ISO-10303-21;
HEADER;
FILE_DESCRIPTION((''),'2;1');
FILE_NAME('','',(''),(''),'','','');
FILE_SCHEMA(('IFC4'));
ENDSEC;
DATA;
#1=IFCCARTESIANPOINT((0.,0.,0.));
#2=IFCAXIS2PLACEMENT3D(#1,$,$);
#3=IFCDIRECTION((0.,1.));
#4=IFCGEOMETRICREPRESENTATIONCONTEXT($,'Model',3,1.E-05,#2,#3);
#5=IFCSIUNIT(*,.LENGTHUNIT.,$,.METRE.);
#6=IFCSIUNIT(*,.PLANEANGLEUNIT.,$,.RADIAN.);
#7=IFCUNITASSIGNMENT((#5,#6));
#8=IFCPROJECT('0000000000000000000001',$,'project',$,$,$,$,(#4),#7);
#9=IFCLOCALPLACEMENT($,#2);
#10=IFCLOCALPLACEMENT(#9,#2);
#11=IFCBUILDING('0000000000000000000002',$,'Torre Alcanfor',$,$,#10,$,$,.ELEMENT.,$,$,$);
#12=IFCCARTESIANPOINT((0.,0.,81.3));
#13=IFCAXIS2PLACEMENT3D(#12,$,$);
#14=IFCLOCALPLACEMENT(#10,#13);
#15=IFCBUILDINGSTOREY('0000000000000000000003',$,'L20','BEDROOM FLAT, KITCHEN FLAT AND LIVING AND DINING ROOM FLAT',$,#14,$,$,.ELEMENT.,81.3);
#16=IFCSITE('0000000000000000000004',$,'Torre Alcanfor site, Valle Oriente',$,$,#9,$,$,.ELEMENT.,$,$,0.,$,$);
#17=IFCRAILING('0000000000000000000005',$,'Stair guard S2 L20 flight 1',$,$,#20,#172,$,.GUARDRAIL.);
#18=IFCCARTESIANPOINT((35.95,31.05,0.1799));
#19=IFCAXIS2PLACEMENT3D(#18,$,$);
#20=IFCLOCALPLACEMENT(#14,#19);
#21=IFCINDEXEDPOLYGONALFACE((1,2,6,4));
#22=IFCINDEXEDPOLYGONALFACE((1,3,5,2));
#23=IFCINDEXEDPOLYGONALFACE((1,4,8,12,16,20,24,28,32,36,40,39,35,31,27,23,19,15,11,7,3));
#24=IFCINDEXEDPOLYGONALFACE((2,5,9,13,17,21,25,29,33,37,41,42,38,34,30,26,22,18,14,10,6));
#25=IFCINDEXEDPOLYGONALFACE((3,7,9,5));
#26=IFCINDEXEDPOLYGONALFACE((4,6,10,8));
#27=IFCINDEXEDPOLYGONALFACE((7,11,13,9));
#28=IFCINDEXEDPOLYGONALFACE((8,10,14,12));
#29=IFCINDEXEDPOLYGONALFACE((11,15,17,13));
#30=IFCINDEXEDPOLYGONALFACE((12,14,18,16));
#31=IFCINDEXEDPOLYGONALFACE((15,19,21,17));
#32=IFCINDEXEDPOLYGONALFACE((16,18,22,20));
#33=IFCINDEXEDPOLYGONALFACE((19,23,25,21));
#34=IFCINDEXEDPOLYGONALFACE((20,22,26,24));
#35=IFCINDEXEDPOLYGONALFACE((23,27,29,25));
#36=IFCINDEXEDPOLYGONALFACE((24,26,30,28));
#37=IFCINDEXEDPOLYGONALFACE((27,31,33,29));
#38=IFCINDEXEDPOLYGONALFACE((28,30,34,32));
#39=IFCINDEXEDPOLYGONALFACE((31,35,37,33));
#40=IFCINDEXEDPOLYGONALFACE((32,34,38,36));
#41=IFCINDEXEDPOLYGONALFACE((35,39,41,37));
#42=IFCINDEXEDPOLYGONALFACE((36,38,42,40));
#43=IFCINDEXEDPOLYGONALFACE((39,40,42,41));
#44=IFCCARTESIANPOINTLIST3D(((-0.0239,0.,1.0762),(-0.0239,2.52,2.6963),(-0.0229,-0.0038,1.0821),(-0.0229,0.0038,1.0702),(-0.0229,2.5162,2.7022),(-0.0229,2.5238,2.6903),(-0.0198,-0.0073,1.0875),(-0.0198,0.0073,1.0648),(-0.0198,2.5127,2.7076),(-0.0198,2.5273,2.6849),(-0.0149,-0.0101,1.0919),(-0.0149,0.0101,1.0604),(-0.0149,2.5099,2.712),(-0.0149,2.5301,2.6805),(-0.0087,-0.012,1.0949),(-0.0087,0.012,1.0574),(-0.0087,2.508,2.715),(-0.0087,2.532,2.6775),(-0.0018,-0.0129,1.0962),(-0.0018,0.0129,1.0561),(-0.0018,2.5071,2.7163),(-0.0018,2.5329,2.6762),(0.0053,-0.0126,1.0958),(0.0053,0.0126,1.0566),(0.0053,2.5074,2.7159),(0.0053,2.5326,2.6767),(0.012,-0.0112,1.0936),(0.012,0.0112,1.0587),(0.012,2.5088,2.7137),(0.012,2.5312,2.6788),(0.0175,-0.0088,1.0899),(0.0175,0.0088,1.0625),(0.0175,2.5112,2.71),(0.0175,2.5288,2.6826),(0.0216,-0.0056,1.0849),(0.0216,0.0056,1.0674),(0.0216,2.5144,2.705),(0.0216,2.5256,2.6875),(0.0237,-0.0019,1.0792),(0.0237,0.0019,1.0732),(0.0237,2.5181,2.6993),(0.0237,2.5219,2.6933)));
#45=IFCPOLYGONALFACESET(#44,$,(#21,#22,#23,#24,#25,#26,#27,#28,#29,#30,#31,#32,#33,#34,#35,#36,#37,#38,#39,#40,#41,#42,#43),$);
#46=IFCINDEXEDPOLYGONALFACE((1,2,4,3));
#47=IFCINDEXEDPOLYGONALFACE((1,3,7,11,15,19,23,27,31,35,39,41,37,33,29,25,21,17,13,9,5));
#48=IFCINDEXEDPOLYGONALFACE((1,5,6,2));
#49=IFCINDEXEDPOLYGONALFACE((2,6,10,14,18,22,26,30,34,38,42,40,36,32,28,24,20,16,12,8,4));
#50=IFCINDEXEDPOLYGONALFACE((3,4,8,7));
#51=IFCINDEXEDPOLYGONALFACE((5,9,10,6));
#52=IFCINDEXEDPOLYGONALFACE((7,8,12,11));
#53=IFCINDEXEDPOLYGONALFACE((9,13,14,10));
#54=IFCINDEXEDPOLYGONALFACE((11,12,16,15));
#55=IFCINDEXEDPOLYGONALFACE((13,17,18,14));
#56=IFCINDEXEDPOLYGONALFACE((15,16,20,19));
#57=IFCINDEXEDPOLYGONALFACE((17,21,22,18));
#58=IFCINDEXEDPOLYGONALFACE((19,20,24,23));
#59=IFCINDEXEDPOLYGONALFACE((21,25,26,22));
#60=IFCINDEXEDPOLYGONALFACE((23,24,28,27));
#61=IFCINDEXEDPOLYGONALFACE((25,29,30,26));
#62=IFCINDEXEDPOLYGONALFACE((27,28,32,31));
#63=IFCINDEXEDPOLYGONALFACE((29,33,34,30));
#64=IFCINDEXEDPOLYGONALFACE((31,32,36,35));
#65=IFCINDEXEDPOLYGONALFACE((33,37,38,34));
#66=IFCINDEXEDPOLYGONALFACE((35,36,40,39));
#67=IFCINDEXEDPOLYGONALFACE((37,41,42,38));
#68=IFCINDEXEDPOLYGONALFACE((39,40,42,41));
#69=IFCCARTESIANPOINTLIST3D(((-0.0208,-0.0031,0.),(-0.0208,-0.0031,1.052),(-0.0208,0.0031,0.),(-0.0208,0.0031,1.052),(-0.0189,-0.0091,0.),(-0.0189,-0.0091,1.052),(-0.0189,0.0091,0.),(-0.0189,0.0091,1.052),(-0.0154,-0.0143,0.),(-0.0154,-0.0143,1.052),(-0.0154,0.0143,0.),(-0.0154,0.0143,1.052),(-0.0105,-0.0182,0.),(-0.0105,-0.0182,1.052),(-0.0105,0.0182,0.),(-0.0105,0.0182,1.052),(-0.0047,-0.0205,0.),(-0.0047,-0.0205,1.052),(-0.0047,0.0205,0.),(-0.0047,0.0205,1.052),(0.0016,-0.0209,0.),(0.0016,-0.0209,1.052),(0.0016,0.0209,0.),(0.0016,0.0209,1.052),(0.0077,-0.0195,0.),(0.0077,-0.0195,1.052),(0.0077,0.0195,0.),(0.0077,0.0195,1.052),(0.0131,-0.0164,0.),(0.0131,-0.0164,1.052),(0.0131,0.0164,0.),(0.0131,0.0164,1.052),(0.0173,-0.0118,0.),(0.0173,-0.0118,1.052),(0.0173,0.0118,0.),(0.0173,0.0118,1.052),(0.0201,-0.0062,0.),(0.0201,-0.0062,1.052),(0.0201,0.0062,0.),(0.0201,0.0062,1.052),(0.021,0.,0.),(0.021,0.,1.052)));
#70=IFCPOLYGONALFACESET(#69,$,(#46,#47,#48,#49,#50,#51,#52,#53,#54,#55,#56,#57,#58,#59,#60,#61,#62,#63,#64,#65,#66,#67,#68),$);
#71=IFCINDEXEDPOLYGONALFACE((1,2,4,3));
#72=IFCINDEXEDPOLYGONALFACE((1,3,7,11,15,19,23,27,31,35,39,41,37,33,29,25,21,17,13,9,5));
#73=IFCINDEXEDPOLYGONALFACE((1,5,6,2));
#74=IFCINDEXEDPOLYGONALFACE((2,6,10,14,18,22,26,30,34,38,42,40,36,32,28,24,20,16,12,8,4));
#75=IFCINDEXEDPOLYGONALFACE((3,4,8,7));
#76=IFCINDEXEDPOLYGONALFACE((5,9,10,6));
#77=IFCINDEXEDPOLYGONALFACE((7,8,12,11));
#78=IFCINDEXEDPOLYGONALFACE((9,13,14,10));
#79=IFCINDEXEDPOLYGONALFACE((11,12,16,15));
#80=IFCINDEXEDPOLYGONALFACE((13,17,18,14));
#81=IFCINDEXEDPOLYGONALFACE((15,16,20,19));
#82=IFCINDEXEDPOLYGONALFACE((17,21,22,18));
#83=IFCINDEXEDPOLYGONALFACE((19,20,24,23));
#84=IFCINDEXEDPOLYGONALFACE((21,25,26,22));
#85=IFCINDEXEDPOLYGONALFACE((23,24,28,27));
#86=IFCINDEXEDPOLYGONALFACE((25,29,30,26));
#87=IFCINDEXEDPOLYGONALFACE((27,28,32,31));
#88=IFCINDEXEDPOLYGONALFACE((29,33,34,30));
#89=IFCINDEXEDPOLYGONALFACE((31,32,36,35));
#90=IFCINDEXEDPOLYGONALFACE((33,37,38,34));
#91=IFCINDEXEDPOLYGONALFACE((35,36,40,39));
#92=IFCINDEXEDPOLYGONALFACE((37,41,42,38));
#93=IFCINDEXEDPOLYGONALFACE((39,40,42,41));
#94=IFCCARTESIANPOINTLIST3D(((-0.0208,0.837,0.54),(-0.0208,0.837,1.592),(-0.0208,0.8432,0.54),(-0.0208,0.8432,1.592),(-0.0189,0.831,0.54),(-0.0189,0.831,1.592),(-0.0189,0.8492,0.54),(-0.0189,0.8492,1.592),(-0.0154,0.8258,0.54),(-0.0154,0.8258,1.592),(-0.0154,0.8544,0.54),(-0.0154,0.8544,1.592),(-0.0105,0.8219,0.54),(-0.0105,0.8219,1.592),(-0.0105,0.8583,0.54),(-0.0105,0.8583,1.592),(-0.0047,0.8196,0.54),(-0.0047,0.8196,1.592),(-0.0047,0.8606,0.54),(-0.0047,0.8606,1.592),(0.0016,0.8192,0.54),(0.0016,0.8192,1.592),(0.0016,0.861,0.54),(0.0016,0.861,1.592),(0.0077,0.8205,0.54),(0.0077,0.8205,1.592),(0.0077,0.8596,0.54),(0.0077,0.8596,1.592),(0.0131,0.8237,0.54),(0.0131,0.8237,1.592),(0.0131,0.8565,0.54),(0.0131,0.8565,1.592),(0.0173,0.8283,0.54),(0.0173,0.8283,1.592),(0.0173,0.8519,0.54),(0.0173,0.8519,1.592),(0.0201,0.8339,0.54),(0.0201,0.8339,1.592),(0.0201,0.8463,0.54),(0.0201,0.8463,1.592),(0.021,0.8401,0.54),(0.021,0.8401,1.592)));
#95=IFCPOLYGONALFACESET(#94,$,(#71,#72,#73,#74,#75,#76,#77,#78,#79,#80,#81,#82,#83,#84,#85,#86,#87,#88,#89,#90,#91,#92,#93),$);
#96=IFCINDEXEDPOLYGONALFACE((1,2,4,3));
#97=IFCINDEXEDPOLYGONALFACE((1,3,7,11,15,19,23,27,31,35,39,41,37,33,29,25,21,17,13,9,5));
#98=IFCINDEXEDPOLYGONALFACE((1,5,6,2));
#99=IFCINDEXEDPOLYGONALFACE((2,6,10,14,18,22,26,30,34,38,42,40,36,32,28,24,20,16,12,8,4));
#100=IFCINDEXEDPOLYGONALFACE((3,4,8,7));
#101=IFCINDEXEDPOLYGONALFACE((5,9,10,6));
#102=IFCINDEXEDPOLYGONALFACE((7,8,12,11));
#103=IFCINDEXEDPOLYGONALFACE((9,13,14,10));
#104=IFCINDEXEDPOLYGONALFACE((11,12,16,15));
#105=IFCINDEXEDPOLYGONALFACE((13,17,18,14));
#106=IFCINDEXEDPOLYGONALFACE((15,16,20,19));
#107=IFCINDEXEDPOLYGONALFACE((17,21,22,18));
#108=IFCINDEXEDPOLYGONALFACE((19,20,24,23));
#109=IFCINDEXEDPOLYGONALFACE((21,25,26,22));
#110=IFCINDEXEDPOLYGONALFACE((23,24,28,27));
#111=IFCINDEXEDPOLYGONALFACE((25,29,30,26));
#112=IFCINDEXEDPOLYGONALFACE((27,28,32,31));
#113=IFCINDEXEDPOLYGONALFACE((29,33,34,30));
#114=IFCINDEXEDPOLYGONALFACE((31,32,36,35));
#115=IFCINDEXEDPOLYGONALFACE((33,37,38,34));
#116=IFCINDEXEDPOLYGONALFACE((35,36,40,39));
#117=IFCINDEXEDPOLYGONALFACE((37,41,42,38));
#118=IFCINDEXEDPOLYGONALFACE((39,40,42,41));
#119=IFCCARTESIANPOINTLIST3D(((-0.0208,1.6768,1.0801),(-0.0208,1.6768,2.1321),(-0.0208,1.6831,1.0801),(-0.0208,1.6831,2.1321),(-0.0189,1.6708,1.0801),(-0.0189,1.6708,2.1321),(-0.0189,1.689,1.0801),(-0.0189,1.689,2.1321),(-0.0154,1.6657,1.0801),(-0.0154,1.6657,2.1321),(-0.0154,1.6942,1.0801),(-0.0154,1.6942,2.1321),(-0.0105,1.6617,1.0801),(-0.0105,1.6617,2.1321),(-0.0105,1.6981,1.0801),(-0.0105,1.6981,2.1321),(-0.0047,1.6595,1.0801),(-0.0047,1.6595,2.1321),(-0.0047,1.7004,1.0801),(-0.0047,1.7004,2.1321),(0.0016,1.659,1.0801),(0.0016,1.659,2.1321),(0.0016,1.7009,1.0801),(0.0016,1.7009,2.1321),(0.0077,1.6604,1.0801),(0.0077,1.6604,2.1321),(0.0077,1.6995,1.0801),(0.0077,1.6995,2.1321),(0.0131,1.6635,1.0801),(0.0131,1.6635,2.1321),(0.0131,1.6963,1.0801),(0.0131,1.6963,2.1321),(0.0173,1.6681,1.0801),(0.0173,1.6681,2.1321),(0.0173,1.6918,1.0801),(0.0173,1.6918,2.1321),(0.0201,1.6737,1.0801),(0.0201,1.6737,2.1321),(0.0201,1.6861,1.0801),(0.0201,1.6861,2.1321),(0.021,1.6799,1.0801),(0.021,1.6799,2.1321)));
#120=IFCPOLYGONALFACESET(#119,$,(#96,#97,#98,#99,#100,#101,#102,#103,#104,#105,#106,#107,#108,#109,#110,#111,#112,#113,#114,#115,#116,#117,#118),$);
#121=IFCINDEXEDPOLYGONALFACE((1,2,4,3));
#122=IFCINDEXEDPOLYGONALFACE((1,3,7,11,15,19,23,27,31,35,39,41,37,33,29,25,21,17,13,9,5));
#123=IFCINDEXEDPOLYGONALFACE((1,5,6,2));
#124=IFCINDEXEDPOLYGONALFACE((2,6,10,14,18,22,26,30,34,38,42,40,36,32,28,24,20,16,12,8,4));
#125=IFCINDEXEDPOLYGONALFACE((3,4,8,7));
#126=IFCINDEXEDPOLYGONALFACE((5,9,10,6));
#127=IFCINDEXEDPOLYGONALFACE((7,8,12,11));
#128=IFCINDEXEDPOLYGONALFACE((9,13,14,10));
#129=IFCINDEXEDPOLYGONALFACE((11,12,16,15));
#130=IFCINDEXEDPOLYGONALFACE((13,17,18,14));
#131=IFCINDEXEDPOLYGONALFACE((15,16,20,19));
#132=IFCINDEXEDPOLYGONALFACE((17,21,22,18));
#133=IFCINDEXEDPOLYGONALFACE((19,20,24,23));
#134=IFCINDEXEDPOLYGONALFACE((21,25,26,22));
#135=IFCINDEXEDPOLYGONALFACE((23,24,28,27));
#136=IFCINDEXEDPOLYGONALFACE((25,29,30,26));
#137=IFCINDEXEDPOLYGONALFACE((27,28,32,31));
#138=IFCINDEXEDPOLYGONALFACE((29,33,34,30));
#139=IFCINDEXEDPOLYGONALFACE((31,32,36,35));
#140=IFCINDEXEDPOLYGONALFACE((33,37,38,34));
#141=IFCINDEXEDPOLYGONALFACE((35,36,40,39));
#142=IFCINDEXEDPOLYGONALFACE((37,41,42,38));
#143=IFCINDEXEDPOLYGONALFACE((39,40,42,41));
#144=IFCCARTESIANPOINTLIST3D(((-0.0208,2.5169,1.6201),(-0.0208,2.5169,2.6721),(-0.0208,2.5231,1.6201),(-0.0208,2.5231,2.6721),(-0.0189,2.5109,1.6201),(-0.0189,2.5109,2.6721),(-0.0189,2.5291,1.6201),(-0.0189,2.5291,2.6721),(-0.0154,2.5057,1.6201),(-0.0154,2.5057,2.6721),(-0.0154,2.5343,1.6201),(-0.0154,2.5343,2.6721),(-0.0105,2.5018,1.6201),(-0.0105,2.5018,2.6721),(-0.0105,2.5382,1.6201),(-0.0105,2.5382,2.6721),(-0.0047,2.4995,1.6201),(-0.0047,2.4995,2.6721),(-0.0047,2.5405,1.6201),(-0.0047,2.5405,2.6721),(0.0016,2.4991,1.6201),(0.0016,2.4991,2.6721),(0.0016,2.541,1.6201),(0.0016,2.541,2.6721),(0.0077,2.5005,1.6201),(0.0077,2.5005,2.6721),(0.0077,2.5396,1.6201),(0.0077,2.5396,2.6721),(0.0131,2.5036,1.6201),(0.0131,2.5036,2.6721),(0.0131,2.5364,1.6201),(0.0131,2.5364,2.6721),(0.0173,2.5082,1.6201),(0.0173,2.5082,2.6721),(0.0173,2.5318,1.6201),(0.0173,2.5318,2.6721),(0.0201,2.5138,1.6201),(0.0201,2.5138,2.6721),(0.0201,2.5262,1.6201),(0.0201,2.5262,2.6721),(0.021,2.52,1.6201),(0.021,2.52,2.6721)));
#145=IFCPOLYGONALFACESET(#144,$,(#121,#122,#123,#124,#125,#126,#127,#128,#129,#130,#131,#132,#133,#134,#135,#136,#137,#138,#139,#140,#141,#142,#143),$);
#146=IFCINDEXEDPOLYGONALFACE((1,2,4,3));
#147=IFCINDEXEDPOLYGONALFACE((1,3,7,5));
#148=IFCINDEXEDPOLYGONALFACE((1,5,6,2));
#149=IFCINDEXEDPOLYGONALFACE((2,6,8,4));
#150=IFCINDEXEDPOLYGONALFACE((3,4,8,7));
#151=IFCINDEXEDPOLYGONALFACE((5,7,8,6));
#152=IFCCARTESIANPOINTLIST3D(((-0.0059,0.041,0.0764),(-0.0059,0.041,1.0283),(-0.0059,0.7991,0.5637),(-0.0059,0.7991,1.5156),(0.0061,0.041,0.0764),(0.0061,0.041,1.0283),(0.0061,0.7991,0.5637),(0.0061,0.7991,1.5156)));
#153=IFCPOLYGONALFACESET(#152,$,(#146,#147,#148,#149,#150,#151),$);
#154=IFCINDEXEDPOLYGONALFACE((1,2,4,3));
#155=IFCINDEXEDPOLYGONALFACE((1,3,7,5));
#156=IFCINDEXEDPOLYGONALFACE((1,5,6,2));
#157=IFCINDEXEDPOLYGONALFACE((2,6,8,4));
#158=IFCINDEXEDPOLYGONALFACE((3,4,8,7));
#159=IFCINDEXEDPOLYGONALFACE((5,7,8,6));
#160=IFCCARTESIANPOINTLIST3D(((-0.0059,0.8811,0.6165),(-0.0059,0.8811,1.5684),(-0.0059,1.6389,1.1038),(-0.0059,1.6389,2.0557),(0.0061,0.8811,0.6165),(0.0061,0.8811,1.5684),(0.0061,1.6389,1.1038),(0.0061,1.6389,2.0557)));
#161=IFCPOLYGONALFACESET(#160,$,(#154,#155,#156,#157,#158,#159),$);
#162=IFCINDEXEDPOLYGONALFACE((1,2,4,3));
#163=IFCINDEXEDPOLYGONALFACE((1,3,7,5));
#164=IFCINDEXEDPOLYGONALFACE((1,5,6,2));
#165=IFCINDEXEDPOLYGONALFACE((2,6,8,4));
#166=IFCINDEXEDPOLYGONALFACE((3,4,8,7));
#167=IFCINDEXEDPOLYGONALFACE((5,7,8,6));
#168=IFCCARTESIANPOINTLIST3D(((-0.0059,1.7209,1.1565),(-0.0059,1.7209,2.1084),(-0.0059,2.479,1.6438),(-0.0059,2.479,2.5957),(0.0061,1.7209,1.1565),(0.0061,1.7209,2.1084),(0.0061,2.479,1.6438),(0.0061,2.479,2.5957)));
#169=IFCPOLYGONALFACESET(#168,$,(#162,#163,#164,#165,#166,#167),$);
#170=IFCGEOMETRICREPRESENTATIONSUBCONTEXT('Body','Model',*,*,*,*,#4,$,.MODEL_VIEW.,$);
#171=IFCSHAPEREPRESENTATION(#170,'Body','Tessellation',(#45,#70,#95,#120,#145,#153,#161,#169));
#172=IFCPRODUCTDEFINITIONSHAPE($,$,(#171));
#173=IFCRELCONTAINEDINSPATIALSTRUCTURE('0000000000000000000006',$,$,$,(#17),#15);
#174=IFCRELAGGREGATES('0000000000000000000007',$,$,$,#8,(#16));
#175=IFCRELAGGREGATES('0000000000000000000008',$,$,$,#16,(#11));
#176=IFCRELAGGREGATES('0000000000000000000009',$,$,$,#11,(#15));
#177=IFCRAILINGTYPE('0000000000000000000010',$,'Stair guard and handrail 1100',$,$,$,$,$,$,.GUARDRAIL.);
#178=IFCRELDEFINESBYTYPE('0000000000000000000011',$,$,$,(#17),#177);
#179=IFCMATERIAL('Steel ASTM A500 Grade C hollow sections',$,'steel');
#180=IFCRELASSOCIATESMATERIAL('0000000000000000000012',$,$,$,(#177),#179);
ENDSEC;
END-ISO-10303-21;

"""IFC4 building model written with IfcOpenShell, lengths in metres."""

from ifc_helpers import new_model, si_unit, direction, frame, origin, origin_2d, place, context, subcontext, project, spatial, polyline, circle, outline, extrude, material, type_object, element, save


model = new_model("IFC4")

# Units and contexts
model_context = context("Model", 3, precision=1e-05, world=origin(), true_north=direction((0.0, 1.0)))
body_context = subcontext(model_context, "Body", "Model", "MODEL_VIEW")
ifc_project = project(units=[si_unit("LENGTHUNIT", "METRE"), si_unit("PLANEANGLEUNIT", "RADIAN")], contexts=[model_context])

# Site, building, storey
site_placement = place(None, origin())
site = spatial("IfcSite", under=ifc_project, at=site_placement, Name="Torre Alcanfor site, Valle Oriente", CompositionType="ELEMENT", RefElevation=0.0)
building_placement = place(site_placement, origin())
building = spatial("IfcBuilding", under=site, at=building_placement, Name="Torre Alcanfor", CompositionType="ELEMENT")
storey_placement = place(building_placement, frame((0.0, 0.0, 81.3)))
storey = spatial("IfcBuildingStorey", under=building, at=storey_placement, Name="L20", Description="BEDROOM FLAT, KITCHEN FLAT AND LIVING AND DINING ROOM FLAT", CompositionType="ELEMENT", Elevation=81.3)

# Railing
ifc_material_1 = material(Name="Steel ASTM A500 Grade C hollow sections", Category="steel")
railing_type_1 = type_object("IfcRailingType", Name="Stair guard and handrail 1100", PredefinedType="GUARDRAIL", material=ifc_material_1)
railing_1_placement = place(storey_placement, frame((35.95, 31.05, 0.1799)))
element("IfcRailing", 1, at=railing_1_placement, inside=storey, type_object=railing_type_1, Name="Stair guard S2 L20 flight 1", PredefinedType="GUARDRAIL", context=body_context, shape_type="SweptSolid", body=[
    extrude(circle(Radius=0.0239, at=origin_2d()), frame((0.0, 0.0, 1.0762), z_axis=(0.0, 0.841163, 0.540782), x_axis=(-1.0, 0.0, 0.0)), (0.0, 0.0, 1.0), 2.9958),
    extrude(circle(Radius=0.021, at=origin_2d()), origin(), (0.0, 0.0, 1.0), 1.052),
    extrude(circle(Radius=0.021, at=origin_2d()), frame((0.0, 0.8401, 0.54)), (0.0, 0.0, 1.0), 1.052),
    extrude(circle(Radius=0.021, at=origin_2d()), frame((0.0, 1.6799, 1.0801)), (0.0, 0.0, 1.0), 1.052),
    extrude(circle(Radius=0.021, at=origin_2d()), frame((0.0, 2.52, 1.6201)), (0.0, 0.0, 1.0), 1.052),
    extrude(outline(polyline([(0.041, 0.0764), (0.7991, 0.5637), (0.7991, 1.5156), (0.041, 1.0283), (0.041, 0.0764)])), frame((-0.0059, 0.0, 0.0), z_axis=(1.0, 0.0, 0.0), x_axis=(0.0, 1.0, 0.0)), (0.0, 0.0, 1.0), 0.012),
    extrude(outline(polyline([(0.8811, 0.6165), (1.6389, 1.1038), (1.6389, 2.0557), (0.8811, 1.5684), (0.8811, 0.6165)])), frame((-0.0059, 0.0, 0.0), z_axis=(1.0, 0.0, 0.0), x_axis=(0.0, 1.0, 0.0)), (0.0, 0.0, 1.0), 0.012),
    extrude(outline(polyline([(1.7209, 1.1565), (2.479, 1.6438), (2.479, 2.5957), (1.7209, 2.1084), (1.7209, 1.1565)])), frame((-0.0059, 0.0, 0.0), z_axis=(1.0, 0.0, 0.0), x_axis=(0.0, 1.0, 0.0)), (0.0, 0.0, 1.0), 0.012),
])

save(model, "model.ifc")
